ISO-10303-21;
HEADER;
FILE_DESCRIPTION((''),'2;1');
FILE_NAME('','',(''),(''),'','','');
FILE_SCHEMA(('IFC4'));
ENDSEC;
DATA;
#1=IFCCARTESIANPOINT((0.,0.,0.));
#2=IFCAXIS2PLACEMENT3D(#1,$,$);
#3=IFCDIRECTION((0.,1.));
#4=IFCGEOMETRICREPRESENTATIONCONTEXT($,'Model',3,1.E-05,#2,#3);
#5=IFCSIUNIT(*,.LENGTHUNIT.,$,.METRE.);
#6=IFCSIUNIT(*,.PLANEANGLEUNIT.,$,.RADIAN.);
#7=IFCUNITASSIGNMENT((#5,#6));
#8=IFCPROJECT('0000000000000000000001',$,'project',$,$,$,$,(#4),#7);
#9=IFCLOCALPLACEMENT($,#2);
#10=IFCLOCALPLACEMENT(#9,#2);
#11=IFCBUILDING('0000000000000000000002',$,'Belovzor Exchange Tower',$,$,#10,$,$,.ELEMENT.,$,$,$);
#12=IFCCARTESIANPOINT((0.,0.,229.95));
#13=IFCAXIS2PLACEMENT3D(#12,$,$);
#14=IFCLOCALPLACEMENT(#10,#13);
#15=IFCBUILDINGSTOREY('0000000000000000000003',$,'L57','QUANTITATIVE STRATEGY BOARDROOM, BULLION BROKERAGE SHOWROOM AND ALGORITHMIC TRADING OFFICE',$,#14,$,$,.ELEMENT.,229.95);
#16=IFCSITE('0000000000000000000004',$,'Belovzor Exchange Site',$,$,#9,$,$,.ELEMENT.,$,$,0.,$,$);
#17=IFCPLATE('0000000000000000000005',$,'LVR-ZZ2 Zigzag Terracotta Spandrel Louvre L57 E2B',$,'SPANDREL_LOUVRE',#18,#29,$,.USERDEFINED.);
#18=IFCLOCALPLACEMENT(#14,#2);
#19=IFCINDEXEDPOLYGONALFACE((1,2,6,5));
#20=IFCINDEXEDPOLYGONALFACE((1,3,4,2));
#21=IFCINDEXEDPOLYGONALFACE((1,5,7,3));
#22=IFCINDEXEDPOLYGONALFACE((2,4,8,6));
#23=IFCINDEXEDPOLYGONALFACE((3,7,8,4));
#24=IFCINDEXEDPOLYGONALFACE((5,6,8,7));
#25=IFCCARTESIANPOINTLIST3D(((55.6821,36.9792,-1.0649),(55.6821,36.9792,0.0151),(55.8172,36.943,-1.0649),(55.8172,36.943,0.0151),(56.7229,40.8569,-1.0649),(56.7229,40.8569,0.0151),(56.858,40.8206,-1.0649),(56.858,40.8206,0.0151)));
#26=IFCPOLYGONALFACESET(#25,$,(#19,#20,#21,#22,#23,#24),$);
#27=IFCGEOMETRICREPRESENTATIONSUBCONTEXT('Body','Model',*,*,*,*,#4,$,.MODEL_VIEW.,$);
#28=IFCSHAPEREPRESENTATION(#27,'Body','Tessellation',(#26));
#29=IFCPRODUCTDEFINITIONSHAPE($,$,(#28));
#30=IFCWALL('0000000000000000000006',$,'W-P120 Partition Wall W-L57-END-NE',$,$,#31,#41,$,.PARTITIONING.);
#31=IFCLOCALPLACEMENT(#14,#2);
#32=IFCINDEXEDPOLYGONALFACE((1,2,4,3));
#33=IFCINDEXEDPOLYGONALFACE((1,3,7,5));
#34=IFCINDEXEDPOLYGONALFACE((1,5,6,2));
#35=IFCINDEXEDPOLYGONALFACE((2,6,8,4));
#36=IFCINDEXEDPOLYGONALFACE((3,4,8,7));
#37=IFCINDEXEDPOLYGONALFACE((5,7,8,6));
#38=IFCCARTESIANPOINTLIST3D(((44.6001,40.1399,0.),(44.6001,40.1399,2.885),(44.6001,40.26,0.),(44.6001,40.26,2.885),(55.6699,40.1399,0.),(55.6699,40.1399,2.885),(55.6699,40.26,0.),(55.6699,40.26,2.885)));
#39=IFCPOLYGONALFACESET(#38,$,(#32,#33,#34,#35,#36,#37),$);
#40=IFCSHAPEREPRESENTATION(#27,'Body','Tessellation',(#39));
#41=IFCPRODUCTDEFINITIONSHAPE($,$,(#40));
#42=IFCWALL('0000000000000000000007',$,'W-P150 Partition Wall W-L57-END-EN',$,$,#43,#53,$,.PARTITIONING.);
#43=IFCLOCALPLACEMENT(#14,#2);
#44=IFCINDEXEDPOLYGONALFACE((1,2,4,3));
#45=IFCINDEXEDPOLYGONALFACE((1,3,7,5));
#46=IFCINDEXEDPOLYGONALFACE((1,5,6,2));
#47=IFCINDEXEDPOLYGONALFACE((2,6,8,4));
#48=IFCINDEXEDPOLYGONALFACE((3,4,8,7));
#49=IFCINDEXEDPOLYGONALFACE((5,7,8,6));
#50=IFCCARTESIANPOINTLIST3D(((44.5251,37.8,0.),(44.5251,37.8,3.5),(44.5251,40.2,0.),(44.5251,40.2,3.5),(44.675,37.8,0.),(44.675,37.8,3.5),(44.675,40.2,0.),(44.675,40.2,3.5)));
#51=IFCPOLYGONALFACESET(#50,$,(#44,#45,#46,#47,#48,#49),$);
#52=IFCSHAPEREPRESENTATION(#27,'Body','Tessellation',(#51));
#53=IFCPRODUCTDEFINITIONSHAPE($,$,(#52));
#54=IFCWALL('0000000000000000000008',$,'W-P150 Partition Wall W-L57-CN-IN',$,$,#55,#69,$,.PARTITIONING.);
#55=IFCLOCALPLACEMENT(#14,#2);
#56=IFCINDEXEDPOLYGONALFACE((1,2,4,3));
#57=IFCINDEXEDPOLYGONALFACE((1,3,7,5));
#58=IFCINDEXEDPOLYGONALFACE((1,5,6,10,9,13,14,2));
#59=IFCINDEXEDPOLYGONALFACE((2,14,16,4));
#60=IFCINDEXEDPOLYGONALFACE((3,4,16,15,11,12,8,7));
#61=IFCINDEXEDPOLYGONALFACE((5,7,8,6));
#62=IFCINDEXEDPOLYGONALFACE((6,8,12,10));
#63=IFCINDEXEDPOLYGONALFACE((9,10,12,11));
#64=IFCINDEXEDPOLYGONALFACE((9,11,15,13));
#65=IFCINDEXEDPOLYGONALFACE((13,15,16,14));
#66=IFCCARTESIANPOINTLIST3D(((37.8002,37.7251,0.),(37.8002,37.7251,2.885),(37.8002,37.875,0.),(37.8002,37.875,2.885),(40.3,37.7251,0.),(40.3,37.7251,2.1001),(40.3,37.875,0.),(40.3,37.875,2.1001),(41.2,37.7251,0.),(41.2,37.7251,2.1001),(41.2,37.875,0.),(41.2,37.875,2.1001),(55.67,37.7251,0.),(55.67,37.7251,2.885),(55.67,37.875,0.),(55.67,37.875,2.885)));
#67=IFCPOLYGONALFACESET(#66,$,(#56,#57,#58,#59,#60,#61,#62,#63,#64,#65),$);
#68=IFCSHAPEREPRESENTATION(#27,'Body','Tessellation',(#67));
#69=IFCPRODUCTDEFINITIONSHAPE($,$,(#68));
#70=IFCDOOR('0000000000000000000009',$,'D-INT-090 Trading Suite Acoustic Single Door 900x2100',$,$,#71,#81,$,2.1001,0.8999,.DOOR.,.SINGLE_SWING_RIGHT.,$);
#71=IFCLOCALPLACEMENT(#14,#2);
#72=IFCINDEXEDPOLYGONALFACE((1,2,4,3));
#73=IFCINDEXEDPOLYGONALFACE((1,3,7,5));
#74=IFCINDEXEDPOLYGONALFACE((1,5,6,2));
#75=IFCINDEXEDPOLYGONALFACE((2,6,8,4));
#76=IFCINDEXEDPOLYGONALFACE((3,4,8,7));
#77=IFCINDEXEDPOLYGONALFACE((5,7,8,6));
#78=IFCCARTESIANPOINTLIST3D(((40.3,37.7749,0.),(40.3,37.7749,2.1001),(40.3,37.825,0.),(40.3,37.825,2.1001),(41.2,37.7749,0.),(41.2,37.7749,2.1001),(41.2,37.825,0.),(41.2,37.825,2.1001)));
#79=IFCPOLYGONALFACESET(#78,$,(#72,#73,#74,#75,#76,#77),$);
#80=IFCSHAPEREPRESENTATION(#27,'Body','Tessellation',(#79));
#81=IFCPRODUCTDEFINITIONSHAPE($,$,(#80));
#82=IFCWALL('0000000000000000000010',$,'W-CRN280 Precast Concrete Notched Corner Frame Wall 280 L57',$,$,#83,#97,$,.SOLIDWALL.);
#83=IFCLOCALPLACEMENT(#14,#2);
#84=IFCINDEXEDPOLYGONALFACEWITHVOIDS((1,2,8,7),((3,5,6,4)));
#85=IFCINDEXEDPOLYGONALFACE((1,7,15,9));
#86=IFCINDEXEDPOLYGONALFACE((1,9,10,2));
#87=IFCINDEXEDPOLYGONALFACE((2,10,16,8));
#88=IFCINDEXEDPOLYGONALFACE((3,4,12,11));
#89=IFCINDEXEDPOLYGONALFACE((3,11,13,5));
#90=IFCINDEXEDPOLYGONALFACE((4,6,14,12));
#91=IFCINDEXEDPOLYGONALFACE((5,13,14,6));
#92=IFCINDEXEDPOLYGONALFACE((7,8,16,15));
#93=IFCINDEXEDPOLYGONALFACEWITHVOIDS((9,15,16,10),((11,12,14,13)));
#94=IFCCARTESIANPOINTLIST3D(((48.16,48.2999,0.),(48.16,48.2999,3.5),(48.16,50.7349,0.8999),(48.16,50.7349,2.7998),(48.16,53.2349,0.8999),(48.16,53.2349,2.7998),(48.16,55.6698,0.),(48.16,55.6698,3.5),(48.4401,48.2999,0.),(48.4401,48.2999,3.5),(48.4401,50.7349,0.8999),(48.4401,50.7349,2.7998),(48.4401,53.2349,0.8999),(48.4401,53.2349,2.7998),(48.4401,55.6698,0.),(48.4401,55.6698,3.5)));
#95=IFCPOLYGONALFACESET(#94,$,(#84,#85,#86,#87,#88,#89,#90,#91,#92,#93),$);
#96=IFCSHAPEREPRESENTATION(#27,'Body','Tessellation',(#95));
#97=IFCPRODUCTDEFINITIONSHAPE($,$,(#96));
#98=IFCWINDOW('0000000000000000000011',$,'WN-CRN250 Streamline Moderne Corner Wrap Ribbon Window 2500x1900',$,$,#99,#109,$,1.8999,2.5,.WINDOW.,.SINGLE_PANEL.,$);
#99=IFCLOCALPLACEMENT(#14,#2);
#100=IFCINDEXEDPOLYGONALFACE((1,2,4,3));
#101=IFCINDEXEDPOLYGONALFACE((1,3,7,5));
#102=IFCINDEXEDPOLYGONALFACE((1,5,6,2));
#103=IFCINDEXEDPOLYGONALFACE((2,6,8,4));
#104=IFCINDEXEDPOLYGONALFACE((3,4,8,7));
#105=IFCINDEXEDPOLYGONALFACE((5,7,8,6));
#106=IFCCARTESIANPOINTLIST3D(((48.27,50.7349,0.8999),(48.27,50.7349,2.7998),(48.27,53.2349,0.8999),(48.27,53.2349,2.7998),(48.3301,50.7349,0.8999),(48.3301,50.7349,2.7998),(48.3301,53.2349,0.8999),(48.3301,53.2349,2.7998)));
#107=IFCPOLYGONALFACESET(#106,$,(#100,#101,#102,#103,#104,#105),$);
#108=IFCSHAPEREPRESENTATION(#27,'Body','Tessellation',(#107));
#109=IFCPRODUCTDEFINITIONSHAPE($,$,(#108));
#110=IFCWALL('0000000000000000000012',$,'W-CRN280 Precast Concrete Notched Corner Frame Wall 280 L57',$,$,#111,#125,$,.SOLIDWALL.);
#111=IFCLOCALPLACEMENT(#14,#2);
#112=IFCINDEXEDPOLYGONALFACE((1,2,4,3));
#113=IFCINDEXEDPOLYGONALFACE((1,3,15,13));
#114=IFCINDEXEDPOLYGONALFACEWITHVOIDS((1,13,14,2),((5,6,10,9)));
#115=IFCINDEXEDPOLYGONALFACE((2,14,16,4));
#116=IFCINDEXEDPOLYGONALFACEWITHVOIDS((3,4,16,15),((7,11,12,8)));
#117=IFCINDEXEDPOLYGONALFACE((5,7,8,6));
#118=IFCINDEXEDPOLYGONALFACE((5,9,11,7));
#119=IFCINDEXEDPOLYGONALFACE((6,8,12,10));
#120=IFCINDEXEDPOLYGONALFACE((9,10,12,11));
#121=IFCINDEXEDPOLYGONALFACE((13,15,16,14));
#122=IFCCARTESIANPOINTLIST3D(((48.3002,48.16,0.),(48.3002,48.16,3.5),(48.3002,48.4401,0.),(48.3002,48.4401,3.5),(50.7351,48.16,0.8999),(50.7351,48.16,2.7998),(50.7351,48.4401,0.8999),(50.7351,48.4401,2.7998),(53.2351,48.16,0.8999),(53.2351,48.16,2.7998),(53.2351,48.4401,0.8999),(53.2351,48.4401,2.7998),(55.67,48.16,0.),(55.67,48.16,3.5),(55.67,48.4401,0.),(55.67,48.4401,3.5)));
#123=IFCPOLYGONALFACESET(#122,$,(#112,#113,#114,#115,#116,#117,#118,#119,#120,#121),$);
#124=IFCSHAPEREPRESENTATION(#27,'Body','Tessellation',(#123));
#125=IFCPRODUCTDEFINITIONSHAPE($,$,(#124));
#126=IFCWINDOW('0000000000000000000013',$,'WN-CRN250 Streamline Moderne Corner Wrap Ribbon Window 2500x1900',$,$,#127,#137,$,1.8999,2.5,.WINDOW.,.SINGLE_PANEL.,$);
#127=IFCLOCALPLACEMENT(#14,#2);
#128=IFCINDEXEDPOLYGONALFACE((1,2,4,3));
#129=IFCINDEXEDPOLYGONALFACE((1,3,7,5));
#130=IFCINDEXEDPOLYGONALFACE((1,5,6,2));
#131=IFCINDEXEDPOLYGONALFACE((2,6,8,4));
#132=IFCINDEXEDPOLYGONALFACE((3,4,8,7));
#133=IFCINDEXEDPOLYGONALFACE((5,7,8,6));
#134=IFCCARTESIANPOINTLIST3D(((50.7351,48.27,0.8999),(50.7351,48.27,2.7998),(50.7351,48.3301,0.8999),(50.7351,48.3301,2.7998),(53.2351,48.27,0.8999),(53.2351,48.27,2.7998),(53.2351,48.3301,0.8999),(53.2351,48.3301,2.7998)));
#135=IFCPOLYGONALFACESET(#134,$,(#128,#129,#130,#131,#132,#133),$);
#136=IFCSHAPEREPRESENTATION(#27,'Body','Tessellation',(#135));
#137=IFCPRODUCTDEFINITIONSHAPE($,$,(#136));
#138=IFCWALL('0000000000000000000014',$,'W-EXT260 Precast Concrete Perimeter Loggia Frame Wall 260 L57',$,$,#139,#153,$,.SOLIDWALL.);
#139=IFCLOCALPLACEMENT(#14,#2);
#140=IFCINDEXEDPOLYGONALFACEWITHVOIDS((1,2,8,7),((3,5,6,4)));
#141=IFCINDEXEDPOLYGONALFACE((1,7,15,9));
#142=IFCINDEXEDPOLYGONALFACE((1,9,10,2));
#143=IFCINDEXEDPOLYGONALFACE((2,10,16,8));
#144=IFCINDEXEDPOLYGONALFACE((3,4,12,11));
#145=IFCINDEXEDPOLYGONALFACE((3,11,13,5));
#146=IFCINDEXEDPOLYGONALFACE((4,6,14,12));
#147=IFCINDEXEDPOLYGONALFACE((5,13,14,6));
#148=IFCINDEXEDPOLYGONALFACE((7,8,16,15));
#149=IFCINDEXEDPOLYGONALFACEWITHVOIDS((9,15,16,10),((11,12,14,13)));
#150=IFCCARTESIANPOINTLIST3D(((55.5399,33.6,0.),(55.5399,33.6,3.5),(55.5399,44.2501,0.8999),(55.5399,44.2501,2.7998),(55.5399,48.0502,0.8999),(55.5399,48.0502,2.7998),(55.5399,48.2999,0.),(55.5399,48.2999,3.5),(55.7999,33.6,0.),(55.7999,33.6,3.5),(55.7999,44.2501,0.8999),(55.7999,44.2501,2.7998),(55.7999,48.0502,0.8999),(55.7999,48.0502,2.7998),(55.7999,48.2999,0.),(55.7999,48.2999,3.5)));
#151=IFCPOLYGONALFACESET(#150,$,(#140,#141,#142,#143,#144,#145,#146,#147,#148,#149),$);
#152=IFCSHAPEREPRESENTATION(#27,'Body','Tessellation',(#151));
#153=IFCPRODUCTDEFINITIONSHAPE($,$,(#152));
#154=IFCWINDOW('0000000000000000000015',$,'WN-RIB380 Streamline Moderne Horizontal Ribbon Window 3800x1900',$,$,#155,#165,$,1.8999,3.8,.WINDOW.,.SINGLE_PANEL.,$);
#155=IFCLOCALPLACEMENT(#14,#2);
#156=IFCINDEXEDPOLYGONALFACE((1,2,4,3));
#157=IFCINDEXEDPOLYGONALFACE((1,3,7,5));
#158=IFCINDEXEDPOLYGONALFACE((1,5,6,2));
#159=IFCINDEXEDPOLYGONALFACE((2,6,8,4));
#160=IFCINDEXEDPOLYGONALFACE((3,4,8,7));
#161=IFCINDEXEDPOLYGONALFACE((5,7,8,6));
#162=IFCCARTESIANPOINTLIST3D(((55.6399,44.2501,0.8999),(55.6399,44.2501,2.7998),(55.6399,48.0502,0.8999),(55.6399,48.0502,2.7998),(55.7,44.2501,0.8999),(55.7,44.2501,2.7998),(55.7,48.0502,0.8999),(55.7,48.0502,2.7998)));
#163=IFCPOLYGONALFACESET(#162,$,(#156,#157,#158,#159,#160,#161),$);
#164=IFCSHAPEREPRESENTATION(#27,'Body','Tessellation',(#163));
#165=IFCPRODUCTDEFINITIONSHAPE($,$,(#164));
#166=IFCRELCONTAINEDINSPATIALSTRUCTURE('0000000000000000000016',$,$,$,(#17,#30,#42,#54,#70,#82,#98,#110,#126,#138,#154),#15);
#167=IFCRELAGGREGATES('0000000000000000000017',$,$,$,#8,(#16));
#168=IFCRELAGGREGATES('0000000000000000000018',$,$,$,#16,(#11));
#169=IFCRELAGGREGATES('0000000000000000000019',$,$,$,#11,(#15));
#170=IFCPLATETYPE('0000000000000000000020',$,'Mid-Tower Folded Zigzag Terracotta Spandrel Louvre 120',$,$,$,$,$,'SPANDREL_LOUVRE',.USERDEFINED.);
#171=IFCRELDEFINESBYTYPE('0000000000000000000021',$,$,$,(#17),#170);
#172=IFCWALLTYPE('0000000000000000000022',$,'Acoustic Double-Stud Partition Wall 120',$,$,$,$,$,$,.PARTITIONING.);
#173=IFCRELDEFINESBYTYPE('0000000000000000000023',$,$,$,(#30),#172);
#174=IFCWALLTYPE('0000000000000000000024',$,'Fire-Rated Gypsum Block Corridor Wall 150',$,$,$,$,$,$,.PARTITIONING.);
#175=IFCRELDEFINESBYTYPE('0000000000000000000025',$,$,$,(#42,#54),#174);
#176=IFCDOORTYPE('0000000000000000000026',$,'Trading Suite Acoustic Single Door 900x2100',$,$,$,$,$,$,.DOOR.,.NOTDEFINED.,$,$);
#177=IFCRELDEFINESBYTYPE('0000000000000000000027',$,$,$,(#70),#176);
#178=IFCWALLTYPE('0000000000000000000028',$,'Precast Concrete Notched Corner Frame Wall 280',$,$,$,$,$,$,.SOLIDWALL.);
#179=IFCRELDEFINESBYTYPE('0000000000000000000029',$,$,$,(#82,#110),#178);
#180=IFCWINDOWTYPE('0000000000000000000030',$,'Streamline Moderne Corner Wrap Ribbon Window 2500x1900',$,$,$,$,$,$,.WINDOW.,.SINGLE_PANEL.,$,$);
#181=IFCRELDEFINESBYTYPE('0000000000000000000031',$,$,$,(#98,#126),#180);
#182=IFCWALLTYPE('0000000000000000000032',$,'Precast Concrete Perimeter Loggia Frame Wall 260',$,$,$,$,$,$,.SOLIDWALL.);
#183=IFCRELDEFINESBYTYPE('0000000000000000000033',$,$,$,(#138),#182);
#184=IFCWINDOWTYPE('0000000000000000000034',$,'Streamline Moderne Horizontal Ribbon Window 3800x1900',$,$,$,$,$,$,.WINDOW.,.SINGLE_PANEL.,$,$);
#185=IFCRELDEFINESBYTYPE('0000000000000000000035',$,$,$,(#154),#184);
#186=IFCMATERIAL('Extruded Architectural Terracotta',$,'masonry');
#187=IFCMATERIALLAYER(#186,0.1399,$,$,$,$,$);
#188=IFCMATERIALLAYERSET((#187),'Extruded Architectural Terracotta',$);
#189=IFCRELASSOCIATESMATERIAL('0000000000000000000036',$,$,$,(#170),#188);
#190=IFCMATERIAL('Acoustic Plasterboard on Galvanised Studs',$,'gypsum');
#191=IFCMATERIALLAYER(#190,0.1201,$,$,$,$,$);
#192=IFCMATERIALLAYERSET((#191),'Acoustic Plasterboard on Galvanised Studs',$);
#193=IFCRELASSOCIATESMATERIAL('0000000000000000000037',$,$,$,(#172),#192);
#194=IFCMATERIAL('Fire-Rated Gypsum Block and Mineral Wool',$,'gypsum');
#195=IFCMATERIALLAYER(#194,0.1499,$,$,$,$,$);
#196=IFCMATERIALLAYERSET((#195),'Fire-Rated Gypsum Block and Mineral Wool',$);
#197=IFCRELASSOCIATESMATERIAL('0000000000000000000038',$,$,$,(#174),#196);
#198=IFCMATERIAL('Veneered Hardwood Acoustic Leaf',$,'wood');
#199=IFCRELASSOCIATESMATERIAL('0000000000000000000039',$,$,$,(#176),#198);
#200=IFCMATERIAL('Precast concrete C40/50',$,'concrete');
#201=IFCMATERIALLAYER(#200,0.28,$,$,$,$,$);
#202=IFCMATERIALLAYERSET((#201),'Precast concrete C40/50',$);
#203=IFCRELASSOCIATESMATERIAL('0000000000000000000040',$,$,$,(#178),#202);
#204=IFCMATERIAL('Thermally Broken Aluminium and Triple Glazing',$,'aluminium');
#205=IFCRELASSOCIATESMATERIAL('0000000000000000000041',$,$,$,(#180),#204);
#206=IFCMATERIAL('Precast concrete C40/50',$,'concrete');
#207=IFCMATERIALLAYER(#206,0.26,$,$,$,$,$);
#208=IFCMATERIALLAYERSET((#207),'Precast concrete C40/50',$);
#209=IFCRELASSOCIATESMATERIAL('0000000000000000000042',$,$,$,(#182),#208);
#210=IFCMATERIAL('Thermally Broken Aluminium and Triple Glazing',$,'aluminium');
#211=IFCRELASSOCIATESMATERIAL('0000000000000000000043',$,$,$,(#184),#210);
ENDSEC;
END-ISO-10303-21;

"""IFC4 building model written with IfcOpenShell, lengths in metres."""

from ifc_helpers import new_model, si_unit, direction, frame, frame_2d, origin, origin_2d, place, context, subcontext, project, spatial, rectangle, extrude, material, layer, layer_set, type_object, element, fill, save


model = new_model("IFC4")

# Units and contexts
model_context = context("Model", 3, precision=1e-05, world=origin(), true_north=direction((0.0, 1.0)))
body_context = subcontext(model_context, "Body", "Model", "MODEL_VIEW")
ifc_project = project(units=[si_unit("LENGTHUNIT", "METRE"), si_unit("PLANEANGLEUNIT", "RADIAN")], contexts=[model_context])

# Site, building, storey
site_placement = place(None, origin())
site = spatial("IfcSite", under=ifc_project, at=site_placement, Name="Belovzor Exchange Site", CompositionType="ELEMENT", RefElevation=0.0)
building_placement = place(site_placement, origin())
building = spatial("IfcBuilding", under=site, at=building_placement, Name="Belovzor Exchange Tower", CompositionType="ELEMENT")
storey_placement = place(building_placement, frame((0.0, 0.0, 229.95)))
storey = spatial("IfcBuildingStorey", under=building, at=storey_placement, Name="L57", Description="QUANTITATIVE STRATEGY BOARDROOM, BULLION BROKERAGE SHOWROOM AND ALGORITHMIC TRADING OFFICE", CompositionType="ELEMENT", Elevation=229.95)

# Plate
ifc_material_1 = material(Name="Extruded Architectural Terracotta", Category="masonry")
ifc_layer_1 = layer(ifc_material_1, 0.1399)
ifc_layer_set_1 = layer_set([ifc_layer_1], Name="Extruded Architectural Terracotta")
plate_type = type_object("IfcPlateType", Name="Mid-Tower Folded Zigzag Terracotta Spandrel Louvre 120", ElementType="SPANDREL_LOUVRE", PredefinedType="USERDEFINED", material=ifc_layer_set_1)
plate_placement = place(storey_placement, frame((56.27, 38.8999, -1.0649), z_axis=(0.0, 0.0, 1.0), x_axis=(0.25924, 0.965813, 0.0)))
element("IfcPlate", 1, at=plate_placement, inside=storey, type_object=plate_type, Name="LVR-ZZ2 Zigzag Terracotta Spandrel Louvre L57 E2B", ObjectType="SPANDREL_LOUVRE", PredefinedType="USERDEFINED", context=body_context, shape_type="SweptSolid", body=[
    extrude(rectangle(XDim=4.0149, YDim=0.1399, at=origin_2d()), origin(), (0.0, 0.0, 1.0), 1.0801),
])

# Walls
ifc_material_2 = material(Name="Acoustic Plasterboard on Galvanised Studs", Category="gypsum")
ifc_layer_2 = layer(ifc_material_2, 0.1201)
ifc_layer_set_2 = layer_set([ifc_layer_2], Name="Acoustic Plasterboard on Galvanised Studs")
wall_type_1 = type_object("IfcWallType", Name="Acoustic Double-Stud Partition Wall 120", PredefinedType="PARTITIONING", material=ifc_layer_set_2)
wall_1_placement = place(storey_placement, frame((44.6001, 40.2, 0.0), z_axis=(0.0, 0.0, 1.0), x_axis=(1.0, 0.0, 0.0)))
element("IfcWall", 2, at=wall_1_placement, inside=storey, type_object=wall_type_1, Name="W-P120 Partition Wall W-L57-END-NE", PredefinedType="PARTITIONING", context=body_context, shape_type="SweptSolid", body=[
    extrude(rectangle(XDim=11.0698, YDim=0.1201, at=frame_2d((5.5349, 0.0))), origin(), (0.0, 0.0, 1.0), 2.885),
])
ifc_material_3 = material(Name="Fire-Rated Gypsum Block and Mineral Wool", Category="gypsum")
ifc_layer_3 = layer(ifc_material_3, 0.1499)
ifc_layer_set_3 = layer_set([ifc_layer_3], Name="Fire-Rated Gypsum Block and Mineral Wool")
wall_type_2 = type_object("IfcWallType", Name="Fire-Rated Gypsum Block Corridor Wall 150", PredefinedType="PARTITIONING", material=ifc_layer_set_3)
wall_2_placement = place(storey_placement, frame((44.6001, 37.8, 0.0), z_axis=(0.0, 0.0, 1.0), x_axis=(0.0, 1.0, 0.0)))
element("IfcWall", 3, at=wall_2_placement, inside=storey, type_object=wall_type_2, Name="W-P150 Partition Wall W-L57-END-EN", PredefinedType="PARTITIONING", context=body_context, shape_type="SweptSolid", body=[
    extrude(rectangle(XDim=2.3999, YDim=0.1499, at=frame_2d((1.2, 0.0))), origin(), (0.0, 0.0, 1.0), 3.5),
])

# Wall, opening, door
wall_3_placement = place(storey_placement, frame((37.8, 37.8, 0.0), z_axis=(0.0, 0.0, 1.0), x_axis=(1.0, 0.0, 0.0)))
wall_3 = element("IfcWall", 4, at=wall_3_placement, inside=storey, type_object=wall_type_2, Name="W-P150 Partition Wall W-L57-CN-IN", PredefinedType="PARTITIONING", context=body_context, shape_type="SweptSolid", body=[
    extrude(rectangle(XDim=17.8699, YDim=0.1499, at=frame_2d((8.9351, 0.0))), origin(), (0.0, 0.0, 1.0), 2.885),
])
opening_1_placement = place(wall_3_placement, frame((2.5, 0.0, 0.0)))
opening_1 = element("IfcOpeningElement", 5, at=opening_1_placement, cuts=wall_3, PredefinedType="OPENING", context=body_context, shape_type="SweptSolid", body=[
    extrude(rectangle(XDim=0.8999, YDim=2.1001, at=frame_2d((0.45, 1.05))), frame((0.0, 0.085, 0.0), z_axis=(0.0, -1.0, 0.0), x_axis=(1.0, 0.0, 0.0)), (0.0, 0.0, 1.0), 0.1699),
])
ifc_material_4 = material(Name="Veneered Hardwood Acoustic Leaf", Category="wood")
door_type = type_object("IfcDoorType", Name="Trading Suite Acoustic Single Door 900x2100", OperationType="NOTDEFINED", PredefinedType="DOOR", material=ifc_material_4)
door_placement = place(opening_1_placement, origin())
door = element("IfcDoor", 6, at=door_placement, inside=storey, type_object=door_type, Name="D-INT-090 Trading Suite Acoustic Single Door 900x2100", OperationType="SINGLE_SWING_RIGHT", OverallHeight=2.1001, OverallWidth=0.8999, PredefinedType="DOOR", context=body_context, shape_type="SweptSolid", body=[
    extrude(rectangle(XDim=0.8999, YDim=2.1001, at=frame_2d((0.45, 1.05))), frame((0.0, 0.0249, 0.0), z_axis=(0.0, -1.0, 0.0), x_axis=(1.0, 0.0, 0.0)), (0.0, 0.0, 1.0), 0.05),
])
fill(opening_1, door)

# Walls, openings, windows
ifc_material_5 = material(Name="Precast concrete C40/50", Category="concrete")
ifc_layer_4 = layer(ifc_material_5, 0.28)
ifc_layer_set_4 = layer_set([ifc_layer_4], Name="Precast concrete C40/50")
wall_type_3 = type_object("IfcWallType", Name="Precast Concrete Notched Corner Frame Wall 280", PredefinedType="SOLIDWALL", material=ifc_layer_set_4)
wall_4_placement = place(storey_placement, frame((48.3, 55.6699, 0.0), z_axis=(0.0, 0.0, 1.0), x_axis=(0.0, -1.0, 0.0)))
wall_4 = element("IfcWall", 7, at=wall_4_placement, inside=storey, type_object=wall_type_3, Name="W-CRN280 Precast Concrete Notched Corner Frame Wall 280 L57", PredefinedType="SOLIDWALL", context=body_context, shape_type="SweptSolid", body=[
    extrude(rectangle(XDim=7.3699, YDim=0.28, at=frame_2d((3.6851, 0.0))), origin(), (0.0, 0.0, 1.0), 3.5),
])
opening_2_placement = place(wall_4_placement, frame((2.4351, 0.0, 0.8999)))
opening_2 = element("IfcOpeningElement", 8, at=opening_2_placement, cuts=wall_4, PredefinedType="OPENING", context=body_context, shape_type="SweptSolid", body=[
    extrude(rectangle(XDim=2.5, YDim=1.8999, at=frame_2d((1.25, 0.95))), frame((0.0, 0.1499, 0.0), z_axis=(0.0, -1.0, 0.0), x_axis=(1.0, 0.0, 0.0)), (0.0, 0.0, 1.0), 0.3),
])
ifc_material_6 = material(Name="Thermally Broken Aluminium and Triple Glazing", Category="aluminium")
window_type_1 = type_object("IfcWindowType", Name="Streamline Moderne Corner Wrap Ribbon Window 2500x1900", PartitioningType="SINGLE_PANEL", PredefinedType="WINDOW", material=ifc_material_6)
window_1_placement = place(opening_2_placement, origin())
window_1 = element("IfcWindow", 9, at=window_1_placement, inside=storey, type_object=window_type_1, Name="WN-CRN250 Streamline Moderne Corner Wrap Ribbon Window 2500x1900", OverallHeight=1.8999, OverallWidth=2.5, PartitioningType="SINGLE_PANEL", PredefinedType="WINDOW", context=body_context, shape_type="SweptSolid", body=[
    extrude(rectangle(XDim=2.5, YDim=1.8999, at=frame_2d((1.25, 0.95))), frame((0.0, 0.03, 0.0), z_axis=(0.0, -1.0, 0.0), x_axis=(1.0, 0.0, 0.0)), (0.0, 0.0, 1.0), 0.0601),
])
fill(opening_2, window_1)
wall_5_placement = place(storey_placement, frame((48.3, 48.3, 0.0), z_axis=(0.0, 0.0, 1.0), x_axis=(1.0, 0.0, 0.0)))
wall_5 = element("IfcWall", 10, at=wall_5_placement, inside=storey, type_object=wall_type_3, Name="W-CRN280 Precast Concrete Notched Corner Frame Wall 280 L57", PredefinedType="SOLIDWALL", context=body_context, shape_type="SweptSolid", body=[
    extrude(rectangle(XDim=7.3699, YDim=0.28, at=frame_2d((3.6851, 0.0))), origin(), (0.0, 0.0, 1.0), 3.5),
])
opening_3_placement = place(wall_5_placement, frame((2.4351, 0.0, 0.8999)))
opening_3 = element("IfcOpeningElement", 11, at=opening_3_placement, cuts=wall_5, PredefinedType="OPENING", context=body_context, shape_type="SweptSolid", body=[
    extrude(rectangle(XDim=2.5, YDim=1.8999, at=frame_2d((1.25, 0.95))), frame((0.0, 0.1499, 0.0), z_axis=(0.0, -1.0, 0.0), x_axis=(1.0, 0.0, 0.0)), (0.0, 0.0, 1.0), 0.3),
])
window_2_placement = place(opening_3_placement, origin())
window_2 = element("IfcWindow", 12, at=window_2_placement, inside=storey, type_object=window_type_1, Name="WN-CRN250 Streamline Moderne Corner Wrap Ribbon Window 2500x1900", OverallHeight=1.8999, OverallWidth=2.5, PartitioningType="SINGLE_PANEL", PredefinedType="WINDOW", context=body_context, shape_type="SweptSolid", body=[
    extrude(rectangle(XDim=2.5, YDim=1.8999, at=frame_2d((1.25, 0.95))), frame((0.0, 0.03, 0.0), z_axis=(0.0, -1.0, 0.0), x_axis=(1.0, 0.0, 0.0)), (0.0, 0.0, 1.0), 0.0601),
])
fill(opening_3, window_2)
ifc_material_7 = material(Name="Precast concrete C40/50", Category="concrete")
ifc_layer_5 = layer(ifc_material_7, 0.26)
ifc_layer_set_5 = layer_set([ifc_layer_5], Name="Precast concrete C40/50")
wall_type_4 = type_object("IfcWallType", Name="Precast Concrete Perimeter Loggia Frame Wall 260", PredefinedType="SOLIDWALL", material=ifc_layer_set_5)
wall_6_placement = place(storey_placement, frame((55.6699, 48.3, 0.0), z_axis=(0.0, 0.0, 1.0), x_axis=(0.0, -1.0, 0.0)))
wall_6 = element("IfcWall", 13, at=wall_6_placement, inside=storey, type_object=wall_type_4, Name="W-EXT260 Precast Concrete Perimeter Loggia Frame Wall 260 L57", PredefinedType="SOLIDWALL", context=body_context, shape_type="SweptSolid", body=[
    extrude(rectangle(XDim=14.7, YDim=0.26, at=frame_2d((7.3501, 0.0))), origin(), (0.0, 0.0, 1.0), 3.5),
])
opening_4_placement = place(wall_6_placement, frame((0.25, 0.0, 0.8999)))
opening_4 = element("IfcOpeningElement", 14, at=opening_4_placement, cuts=wall_6, PredefinedType="OPENING", context=body_context, shape_type="SweptSolid", body=[
    extrude(rectangle(XDim=3.8, YDim=1.8999, at=frame_2d((1.8999, 0.95))), frame((0.0, 0.1399, 0.0), z_axis=(0.0, -1.0, 0.0), x_axis=(1.0, 0.0, 0.0)), (0.0, 0.0, 1.0), 0.28),
])
ifc_material_8 = material(Name="Thermally Broken Aluminium and Triple Glazing", Category="aluminium")
window_type_2 = type_object("IfcWindowType", Name="Streamline Moderne Horizontal Ribbon Window 3800x1900", PartitioningType="SINGLE_PANEL", PredefinedType="WINDOW", material=ifc_material_8)
window_3_placement = place(opening_4_placement, origin())
window_3 = element("IfcWindow", 15, at=window_3_placement, inside=storey, type_object=window_type_2, Name="WN-RIB380 Streamline Moderne Horizontal Ribbon Window 3800x1900", OverallHeight=1.8999, OverallWidth=3.8, PartitioningType="SINGLE_PANEL", PredefinedType="WINDOW", context=body_context, shape_type="SweptSolid", body=[
    extrude(rectangle(XDim=3.8, YDim=1.8999, at=frame_2d((1.8999, 0.95))), frame((0.0, 0.03, 0.0), z_axis=(0.0, -1.0, 0.0), x_axis=(1.0, 0.0, 0.0)), (0.0, 0.0, 1.0), 0.0601),
])
fill(opening_4, window_3)

save(model, "model.ifc")
